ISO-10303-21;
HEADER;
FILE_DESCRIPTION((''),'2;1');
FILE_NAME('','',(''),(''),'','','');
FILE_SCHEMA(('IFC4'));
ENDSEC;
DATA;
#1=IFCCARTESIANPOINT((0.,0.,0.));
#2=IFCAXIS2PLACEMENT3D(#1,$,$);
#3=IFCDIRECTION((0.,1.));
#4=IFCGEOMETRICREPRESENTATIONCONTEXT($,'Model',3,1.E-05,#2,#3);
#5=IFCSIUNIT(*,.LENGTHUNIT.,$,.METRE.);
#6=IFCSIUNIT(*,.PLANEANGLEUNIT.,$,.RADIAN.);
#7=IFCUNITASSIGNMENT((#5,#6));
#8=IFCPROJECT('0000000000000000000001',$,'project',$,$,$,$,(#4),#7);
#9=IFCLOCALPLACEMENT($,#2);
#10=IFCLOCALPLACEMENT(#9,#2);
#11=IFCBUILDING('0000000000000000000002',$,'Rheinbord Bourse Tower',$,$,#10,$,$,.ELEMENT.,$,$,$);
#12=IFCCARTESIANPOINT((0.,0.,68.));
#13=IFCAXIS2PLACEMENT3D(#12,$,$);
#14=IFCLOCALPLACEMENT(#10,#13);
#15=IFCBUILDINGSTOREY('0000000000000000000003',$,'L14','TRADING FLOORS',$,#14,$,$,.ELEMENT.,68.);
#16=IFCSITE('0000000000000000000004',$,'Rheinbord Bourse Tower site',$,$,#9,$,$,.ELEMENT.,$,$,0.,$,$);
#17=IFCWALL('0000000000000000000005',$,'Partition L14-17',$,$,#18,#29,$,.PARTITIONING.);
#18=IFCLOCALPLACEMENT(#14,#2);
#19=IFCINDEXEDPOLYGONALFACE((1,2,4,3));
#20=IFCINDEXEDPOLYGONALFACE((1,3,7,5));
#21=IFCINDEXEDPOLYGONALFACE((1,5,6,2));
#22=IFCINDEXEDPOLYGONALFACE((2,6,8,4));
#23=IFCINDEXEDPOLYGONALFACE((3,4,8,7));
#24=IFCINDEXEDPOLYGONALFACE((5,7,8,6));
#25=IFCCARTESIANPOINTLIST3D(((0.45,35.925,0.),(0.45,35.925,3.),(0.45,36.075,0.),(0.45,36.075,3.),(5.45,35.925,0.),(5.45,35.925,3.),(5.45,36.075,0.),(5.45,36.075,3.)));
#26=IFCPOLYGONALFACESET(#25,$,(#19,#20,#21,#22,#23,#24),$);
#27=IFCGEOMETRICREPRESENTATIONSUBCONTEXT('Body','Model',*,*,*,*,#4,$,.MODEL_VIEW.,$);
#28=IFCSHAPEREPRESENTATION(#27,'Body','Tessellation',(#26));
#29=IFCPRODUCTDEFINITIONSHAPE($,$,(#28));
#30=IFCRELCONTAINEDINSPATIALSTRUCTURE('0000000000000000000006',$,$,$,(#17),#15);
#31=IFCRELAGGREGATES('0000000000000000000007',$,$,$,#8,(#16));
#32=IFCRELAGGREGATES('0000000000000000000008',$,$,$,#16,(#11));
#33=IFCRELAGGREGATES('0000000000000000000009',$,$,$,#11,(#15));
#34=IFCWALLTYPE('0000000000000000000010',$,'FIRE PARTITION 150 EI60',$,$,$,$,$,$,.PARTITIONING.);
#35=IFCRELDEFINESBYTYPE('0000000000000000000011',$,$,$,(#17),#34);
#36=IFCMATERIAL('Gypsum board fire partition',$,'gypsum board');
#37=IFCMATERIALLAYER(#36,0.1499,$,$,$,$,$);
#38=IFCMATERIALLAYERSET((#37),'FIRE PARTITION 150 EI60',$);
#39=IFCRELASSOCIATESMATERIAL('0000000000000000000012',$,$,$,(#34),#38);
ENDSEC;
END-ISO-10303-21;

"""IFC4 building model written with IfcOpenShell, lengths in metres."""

from ifc_helpers import new_model, si_unit, direction, frame, frame_2d, origin, place, context, subcontext, project, spatial, rectangle, extrude, material, layer, layer_set, type_object, element, save


model = new_model("IFC4")

# Units and contexts
model_context = context("Model", 3, precision=1e-05, world=origin(), true_north=direction((0.0, 1.0)))
body_context = subcontext(model_context, "Body", "Model", "MODEL_VIEW")
ifc_project = project(units=[si_unit("LENGTHUNIT", "METRE"), si_unit("PLANEANGLEUNIT", "RADIAN")], contexts=[model_context])

# Site, building, storey
site_placement = place(None, origin())
site = spatial("IfcSite", under=ifc_project, at=site_placement, Name="Rheinbord Bourse Tower site", CompositionType="ELEMENT", RefElevation=0.0)
building_placement = place(site_placement, origin())
building = spatial("IfcBuilding", under=site, at=building_placement, Name="Rheinbord Bourse Tower", CompositionType="ELEMENT")
storey_placement = place(building_placement, frame((0.0, 0.0, 68.0)))
storey = spatial("IfcBuildingStorey", under=building, at=storey_placement, Name="L14", Description="TRADING FLOORS", CompositionType="ELEMENT", Elevation=68.0)

# Wall
ifc_material_1 = material(Name="Gypsum board fire partition", Category="gypsum board")
ifc_layer_1 = layer(ifc_material_1, 0.1499)
ifc_layer_set_1 = layer_set([ifc_layer_1], Name="FIRE PARTITION 150 EI60")
wall_type_1 = type_object("IfcWallType", Name="FIRE PARTITION 150 EI60", PredefinedType="PARTITIONING", material=ifc_layer_set_1)
wall_1_placement = place(storey_placement, frame((0.45, 36.0, 0.0), z_axis=(0.0, 0.0, 1.0), x_axis=(1.0, 0.0, 0.0)))
element("IfcWall", 1, at=wall_1_placement, inside=storey, type_object=wall_type_1, Name="Partition L14-17", PredefinedType="PARTITIONING", context=body_context, shape_type="SweptSolid", body=[
    extrude(rectangle(XDim=5.0, YDim=0.1499, at=frame_2d((2.5, 0.0))), origin(), (0.0, 0.0, 1.0), 3.0),
])

save(model, "model.ifc")
